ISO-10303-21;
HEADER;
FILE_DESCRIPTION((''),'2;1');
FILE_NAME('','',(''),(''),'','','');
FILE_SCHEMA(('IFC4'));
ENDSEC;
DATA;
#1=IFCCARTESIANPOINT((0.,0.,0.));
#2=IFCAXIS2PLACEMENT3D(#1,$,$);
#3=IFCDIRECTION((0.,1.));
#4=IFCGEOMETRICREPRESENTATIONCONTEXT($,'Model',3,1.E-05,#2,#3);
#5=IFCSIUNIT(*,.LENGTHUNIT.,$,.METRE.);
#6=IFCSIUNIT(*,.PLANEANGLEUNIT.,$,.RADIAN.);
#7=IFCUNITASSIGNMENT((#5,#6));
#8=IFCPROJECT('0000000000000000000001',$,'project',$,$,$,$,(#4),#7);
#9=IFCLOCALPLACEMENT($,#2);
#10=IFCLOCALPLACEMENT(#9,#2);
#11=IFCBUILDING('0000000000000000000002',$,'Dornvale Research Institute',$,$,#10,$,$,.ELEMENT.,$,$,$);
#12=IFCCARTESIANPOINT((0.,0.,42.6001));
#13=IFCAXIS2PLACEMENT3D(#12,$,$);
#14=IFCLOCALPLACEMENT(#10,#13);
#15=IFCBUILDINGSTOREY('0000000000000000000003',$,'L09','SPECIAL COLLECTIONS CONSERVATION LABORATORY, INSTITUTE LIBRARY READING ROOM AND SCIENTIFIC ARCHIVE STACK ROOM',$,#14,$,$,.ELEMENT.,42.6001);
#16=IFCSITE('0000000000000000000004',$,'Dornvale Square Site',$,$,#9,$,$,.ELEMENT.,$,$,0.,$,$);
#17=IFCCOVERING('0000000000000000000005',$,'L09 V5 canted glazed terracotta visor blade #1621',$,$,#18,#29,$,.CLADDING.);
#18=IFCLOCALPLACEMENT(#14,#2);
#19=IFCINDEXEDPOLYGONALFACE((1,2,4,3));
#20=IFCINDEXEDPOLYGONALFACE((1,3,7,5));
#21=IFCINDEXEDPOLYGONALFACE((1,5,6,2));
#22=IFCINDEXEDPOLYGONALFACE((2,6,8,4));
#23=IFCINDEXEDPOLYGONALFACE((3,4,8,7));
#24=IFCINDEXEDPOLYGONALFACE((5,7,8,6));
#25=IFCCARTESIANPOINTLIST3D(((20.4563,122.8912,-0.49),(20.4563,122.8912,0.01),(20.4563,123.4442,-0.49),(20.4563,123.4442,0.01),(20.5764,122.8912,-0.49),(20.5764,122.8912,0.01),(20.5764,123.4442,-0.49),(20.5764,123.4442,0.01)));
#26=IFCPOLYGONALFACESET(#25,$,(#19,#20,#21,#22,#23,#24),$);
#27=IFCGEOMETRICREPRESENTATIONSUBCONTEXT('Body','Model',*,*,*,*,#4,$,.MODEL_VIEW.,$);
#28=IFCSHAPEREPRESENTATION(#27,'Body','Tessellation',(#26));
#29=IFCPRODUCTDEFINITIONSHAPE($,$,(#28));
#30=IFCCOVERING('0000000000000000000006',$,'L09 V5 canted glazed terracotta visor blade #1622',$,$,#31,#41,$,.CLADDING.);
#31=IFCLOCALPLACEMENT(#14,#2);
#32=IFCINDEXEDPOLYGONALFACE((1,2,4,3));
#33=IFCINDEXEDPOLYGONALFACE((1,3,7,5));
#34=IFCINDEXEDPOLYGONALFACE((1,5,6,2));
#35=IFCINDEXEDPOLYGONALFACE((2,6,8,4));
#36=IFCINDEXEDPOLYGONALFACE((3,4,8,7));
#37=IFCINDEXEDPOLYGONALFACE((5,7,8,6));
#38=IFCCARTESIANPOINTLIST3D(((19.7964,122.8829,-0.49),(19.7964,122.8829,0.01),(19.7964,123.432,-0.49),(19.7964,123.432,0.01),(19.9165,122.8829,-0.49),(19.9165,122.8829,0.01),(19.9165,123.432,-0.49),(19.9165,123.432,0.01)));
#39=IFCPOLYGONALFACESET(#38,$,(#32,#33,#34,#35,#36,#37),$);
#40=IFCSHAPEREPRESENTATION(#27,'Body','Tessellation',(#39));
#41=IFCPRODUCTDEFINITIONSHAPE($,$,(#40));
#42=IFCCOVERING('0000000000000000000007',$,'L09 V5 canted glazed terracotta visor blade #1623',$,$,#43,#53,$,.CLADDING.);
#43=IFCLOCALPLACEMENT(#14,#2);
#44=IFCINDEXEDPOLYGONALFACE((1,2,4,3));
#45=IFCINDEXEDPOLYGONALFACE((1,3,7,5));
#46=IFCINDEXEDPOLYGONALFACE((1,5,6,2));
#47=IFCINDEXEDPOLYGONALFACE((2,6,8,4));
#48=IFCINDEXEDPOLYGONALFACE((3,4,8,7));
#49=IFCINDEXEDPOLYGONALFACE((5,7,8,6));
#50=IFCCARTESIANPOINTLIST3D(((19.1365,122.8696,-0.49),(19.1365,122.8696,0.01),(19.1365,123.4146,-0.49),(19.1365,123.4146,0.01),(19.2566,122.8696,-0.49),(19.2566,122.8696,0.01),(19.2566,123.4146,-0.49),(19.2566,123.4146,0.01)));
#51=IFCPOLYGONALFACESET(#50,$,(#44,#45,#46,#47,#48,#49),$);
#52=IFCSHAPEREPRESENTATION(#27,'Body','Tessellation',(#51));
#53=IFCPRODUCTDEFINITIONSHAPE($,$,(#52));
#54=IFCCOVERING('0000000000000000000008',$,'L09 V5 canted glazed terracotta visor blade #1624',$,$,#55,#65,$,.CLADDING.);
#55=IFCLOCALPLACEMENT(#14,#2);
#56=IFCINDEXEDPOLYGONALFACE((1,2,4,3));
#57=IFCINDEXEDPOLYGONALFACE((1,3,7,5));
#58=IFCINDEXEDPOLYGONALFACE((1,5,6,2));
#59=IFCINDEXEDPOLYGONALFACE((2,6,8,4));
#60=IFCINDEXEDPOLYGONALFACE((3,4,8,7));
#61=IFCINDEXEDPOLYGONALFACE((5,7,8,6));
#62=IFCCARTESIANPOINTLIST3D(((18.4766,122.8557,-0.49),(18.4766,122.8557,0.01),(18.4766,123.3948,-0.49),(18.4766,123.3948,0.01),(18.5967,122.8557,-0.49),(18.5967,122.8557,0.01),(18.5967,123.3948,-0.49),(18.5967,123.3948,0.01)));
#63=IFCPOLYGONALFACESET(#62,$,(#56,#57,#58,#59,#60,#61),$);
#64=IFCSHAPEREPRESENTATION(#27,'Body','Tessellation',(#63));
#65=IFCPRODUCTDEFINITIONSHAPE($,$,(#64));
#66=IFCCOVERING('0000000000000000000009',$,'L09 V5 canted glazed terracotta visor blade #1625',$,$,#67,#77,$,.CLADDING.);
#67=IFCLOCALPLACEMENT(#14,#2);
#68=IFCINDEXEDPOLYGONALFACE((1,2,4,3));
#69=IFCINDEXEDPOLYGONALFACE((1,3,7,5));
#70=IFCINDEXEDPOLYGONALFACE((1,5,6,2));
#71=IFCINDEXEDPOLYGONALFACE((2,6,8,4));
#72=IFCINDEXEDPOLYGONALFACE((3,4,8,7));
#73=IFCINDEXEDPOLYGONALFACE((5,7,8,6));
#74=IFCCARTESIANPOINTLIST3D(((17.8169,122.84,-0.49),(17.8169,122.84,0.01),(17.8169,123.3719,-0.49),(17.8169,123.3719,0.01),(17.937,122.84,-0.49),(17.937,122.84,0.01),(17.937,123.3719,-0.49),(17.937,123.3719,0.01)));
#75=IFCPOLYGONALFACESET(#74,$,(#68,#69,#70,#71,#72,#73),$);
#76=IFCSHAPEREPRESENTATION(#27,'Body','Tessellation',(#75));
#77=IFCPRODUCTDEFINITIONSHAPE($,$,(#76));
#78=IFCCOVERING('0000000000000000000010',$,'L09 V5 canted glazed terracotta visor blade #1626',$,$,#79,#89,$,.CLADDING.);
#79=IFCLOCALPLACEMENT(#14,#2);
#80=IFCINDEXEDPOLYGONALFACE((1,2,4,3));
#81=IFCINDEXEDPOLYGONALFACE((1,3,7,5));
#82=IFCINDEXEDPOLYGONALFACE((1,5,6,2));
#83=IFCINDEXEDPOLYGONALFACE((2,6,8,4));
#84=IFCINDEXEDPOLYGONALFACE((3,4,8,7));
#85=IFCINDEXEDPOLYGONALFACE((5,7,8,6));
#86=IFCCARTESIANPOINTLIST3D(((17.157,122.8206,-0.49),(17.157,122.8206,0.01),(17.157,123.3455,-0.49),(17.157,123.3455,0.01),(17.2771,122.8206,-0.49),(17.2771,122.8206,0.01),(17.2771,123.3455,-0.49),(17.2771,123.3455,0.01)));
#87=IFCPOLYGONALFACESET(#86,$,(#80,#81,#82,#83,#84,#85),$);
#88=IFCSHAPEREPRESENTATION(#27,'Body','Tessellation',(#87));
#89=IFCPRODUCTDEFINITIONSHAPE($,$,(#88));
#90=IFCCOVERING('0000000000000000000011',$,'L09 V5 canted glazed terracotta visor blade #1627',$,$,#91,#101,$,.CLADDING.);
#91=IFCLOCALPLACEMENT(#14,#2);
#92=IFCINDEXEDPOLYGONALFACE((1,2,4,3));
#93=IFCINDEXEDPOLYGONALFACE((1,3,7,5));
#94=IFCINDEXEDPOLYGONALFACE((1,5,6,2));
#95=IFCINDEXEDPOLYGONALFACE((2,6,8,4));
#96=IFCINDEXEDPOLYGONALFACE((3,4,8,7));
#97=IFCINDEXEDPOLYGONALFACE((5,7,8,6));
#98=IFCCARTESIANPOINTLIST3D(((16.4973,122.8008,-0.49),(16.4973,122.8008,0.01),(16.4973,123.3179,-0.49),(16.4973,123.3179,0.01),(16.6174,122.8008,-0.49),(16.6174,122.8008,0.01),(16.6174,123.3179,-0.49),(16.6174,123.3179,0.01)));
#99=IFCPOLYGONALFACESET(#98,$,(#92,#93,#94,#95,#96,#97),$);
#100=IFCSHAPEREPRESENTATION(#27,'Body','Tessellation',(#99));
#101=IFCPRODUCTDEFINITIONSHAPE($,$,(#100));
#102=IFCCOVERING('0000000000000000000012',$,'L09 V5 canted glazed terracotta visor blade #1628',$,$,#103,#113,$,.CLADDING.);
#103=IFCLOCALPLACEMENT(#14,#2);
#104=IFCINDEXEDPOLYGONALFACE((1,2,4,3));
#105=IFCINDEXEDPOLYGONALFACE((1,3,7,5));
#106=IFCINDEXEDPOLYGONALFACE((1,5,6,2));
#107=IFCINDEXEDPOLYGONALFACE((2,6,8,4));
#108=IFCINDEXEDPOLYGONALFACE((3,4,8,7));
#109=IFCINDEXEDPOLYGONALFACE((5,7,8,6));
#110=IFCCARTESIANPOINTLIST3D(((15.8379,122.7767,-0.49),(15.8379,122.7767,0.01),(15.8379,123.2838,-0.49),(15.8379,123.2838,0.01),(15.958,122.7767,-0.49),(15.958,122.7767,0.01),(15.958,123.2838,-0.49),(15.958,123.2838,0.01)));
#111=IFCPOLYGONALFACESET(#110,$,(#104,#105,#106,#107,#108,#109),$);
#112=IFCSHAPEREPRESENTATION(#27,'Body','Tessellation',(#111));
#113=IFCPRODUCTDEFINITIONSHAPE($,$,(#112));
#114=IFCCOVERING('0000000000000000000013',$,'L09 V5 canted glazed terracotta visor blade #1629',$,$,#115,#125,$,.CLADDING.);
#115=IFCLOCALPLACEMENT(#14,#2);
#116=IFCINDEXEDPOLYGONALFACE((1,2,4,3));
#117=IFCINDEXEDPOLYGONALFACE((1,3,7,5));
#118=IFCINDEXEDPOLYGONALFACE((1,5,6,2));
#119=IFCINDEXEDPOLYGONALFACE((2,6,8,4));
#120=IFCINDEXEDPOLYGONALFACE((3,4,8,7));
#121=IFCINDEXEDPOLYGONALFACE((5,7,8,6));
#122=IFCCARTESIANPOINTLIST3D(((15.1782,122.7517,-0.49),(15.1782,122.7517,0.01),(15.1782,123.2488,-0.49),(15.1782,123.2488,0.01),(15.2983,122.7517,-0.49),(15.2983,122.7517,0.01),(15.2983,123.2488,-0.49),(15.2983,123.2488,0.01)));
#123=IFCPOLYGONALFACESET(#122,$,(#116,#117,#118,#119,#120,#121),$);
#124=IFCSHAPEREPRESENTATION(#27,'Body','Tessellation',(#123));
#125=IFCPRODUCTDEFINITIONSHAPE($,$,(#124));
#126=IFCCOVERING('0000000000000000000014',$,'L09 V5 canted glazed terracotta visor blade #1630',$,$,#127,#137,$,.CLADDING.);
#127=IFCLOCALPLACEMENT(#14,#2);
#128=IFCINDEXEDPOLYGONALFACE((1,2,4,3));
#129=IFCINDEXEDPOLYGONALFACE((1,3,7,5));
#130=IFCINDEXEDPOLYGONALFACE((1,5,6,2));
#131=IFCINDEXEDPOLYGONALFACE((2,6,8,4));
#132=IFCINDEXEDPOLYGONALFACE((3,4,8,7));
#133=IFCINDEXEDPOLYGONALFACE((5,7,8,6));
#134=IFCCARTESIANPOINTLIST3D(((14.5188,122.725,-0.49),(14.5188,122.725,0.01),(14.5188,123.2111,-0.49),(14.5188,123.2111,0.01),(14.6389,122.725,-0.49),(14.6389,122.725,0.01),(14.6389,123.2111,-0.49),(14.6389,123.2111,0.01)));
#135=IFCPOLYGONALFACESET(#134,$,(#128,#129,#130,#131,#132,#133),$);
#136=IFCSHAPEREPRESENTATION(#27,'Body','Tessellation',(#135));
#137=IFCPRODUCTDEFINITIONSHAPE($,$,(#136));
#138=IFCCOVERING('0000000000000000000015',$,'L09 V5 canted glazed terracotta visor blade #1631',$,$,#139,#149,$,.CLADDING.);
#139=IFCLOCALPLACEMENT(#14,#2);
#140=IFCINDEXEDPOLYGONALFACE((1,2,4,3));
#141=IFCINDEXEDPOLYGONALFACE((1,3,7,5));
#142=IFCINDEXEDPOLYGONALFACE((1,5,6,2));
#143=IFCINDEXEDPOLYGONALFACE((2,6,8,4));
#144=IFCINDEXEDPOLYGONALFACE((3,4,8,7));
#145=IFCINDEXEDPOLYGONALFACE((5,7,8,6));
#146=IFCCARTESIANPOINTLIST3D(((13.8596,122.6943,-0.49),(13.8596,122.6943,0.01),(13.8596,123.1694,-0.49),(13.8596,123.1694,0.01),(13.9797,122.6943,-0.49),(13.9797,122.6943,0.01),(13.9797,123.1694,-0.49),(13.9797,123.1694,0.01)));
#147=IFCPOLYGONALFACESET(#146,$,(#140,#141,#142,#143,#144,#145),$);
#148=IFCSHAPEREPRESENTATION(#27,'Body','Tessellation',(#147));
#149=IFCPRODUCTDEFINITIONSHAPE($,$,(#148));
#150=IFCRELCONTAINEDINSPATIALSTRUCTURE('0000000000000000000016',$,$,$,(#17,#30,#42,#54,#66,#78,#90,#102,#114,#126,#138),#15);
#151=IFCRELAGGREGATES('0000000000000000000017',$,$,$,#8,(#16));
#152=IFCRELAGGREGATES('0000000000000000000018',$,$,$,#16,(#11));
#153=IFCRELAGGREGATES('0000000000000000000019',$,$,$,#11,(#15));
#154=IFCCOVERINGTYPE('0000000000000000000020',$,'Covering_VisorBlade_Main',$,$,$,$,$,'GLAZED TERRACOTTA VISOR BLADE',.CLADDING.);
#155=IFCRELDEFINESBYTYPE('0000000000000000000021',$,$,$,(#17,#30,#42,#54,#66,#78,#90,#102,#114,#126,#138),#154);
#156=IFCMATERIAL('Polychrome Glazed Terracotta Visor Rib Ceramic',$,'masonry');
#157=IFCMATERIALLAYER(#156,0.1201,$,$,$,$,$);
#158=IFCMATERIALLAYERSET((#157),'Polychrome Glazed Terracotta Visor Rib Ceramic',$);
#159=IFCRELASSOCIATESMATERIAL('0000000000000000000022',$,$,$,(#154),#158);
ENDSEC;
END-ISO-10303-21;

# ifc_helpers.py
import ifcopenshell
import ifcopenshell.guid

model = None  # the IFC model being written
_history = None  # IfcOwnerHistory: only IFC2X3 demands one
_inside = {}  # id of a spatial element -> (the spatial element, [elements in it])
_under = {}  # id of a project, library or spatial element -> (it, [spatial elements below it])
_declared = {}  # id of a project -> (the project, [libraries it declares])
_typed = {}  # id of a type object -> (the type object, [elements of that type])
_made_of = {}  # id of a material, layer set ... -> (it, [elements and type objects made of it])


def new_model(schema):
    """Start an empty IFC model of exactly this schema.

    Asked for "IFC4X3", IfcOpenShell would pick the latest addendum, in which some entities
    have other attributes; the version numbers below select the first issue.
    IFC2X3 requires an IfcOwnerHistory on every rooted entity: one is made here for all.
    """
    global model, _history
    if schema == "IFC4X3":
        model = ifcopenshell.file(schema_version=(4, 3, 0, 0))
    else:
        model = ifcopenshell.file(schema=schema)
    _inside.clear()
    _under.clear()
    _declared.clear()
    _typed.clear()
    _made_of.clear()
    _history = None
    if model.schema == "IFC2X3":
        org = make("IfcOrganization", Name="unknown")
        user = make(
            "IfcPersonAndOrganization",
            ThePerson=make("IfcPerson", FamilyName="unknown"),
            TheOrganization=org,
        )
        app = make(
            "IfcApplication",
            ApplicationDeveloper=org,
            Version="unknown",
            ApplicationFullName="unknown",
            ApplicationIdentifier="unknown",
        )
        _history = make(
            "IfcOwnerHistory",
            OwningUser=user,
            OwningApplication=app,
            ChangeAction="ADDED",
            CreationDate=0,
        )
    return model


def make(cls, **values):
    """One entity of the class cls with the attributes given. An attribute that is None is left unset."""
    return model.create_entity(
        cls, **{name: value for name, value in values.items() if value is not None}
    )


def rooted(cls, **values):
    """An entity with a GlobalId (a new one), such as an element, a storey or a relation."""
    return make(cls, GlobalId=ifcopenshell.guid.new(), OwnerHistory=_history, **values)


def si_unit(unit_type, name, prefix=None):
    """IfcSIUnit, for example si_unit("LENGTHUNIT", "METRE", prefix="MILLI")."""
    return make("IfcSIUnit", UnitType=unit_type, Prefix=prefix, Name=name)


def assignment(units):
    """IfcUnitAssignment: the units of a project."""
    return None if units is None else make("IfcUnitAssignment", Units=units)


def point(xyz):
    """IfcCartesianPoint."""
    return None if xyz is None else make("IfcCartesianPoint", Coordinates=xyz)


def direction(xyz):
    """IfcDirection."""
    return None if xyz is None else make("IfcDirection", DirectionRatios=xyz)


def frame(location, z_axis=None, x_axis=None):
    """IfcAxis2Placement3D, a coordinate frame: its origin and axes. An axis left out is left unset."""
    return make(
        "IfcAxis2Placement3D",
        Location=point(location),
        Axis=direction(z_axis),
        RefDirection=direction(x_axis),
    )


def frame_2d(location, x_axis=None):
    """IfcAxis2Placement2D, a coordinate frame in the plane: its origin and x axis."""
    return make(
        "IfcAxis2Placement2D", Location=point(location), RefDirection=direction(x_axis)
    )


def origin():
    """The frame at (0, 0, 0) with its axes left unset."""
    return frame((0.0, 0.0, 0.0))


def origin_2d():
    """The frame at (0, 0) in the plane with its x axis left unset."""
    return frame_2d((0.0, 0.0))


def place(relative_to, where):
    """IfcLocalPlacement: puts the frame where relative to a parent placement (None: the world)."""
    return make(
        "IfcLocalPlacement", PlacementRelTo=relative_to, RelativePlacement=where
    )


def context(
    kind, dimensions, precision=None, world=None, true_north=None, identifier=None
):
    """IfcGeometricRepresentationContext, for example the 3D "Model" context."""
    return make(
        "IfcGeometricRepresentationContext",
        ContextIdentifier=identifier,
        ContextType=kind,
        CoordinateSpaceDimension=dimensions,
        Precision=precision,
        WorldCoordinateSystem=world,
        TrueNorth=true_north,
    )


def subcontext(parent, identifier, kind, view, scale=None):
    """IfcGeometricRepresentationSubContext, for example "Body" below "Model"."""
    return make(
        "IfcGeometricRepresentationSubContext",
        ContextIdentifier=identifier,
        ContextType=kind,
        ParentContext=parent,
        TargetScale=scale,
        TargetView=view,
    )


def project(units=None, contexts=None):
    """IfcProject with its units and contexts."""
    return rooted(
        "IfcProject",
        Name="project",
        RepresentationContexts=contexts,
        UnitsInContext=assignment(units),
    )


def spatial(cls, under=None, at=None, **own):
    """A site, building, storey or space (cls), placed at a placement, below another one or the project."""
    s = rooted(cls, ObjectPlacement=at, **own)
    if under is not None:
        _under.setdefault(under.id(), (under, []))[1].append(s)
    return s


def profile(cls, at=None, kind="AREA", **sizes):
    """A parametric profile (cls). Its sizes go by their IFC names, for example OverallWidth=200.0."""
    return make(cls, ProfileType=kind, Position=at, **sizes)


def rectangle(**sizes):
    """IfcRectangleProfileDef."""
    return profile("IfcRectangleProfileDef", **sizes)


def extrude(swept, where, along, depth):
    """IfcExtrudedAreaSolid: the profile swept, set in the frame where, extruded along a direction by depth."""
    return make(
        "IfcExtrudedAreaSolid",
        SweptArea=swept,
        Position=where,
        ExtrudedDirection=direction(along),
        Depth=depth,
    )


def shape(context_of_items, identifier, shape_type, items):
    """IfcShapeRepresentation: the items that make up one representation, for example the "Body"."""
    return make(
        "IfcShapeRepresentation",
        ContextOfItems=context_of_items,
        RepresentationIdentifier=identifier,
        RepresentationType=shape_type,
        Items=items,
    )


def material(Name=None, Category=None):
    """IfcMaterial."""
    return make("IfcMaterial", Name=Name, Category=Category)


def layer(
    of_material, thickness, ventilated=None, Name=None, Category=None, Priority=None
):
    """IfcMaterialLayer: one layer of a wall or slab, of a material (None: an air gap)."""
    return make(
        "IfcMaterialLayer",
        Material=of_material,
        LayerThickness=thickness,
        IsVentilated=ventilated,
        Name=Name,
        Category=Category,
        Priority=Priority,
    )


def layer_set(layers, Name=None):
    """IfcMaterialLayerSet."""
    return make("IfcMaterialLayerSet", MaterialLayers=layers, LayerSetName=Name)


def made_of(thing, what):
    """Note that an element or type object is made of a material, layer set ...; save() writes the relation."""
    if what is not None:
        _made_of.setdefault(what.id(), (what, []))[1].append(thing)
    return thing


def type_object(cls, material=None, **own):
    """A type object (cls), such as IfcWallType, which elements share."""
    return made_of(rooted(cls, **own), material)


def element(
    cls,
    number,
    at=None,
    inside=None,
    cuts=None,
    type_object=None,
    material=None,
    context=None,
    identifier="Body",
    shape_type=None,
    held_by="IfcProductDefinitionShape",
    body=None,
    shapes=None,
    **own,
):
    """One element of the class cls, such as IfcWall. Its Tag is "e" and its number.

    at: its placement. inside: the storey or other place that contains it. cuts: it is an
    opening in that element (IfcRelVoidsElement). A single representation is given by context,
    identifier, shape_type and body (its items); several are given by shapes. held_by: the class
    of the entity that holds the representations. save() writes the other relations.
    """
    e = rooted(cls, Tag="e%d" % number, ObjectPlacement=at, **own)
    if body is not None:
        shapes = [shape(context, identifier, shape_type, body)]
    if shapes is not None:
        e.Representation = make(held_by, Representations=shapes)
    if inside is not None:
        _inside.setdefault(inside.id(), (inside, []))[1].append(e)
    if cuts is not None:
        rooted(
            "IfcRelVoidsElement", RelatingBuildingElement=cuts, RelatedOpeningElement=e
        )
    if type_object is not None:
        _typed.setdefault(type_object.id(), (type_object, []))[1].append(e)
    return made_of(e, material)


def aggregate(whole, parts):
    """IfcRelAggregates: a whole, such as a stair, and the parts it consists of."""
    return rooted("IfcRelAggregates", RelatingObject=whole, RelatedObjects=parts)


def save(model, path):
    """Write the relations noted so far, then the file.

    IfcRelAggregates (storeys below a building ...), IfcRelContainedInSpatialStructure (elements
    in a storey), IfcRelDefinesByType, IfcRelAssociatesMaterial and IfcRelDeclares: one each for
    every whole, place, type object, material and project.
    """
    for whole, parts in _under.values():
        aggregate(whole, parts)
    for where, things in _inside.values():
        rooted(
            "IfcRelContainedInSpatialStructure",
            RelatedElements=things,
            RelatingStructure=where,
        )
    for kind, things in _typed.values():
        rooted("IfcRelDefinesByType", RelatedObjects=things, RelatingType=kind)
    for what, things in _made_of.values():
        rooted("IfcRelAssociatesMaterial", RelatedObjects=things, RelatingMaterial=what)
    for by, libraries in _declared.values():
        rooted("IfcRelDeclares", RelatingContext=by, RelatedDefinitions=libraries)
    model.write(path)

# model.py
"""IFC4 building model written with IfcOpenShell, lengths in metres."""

from ifc_helpers import new_model, si_unit, direction, frame, origin, origin_2d, place, context, subcontext, project, spatial, rectangle, extrude, material, layer, layer_set, type_object, element, save


model = new_model("IFC4")

# Units and contexts
model_context = context("Model", 3, precision=1e-05, world=origin(), true_north=direction((0.0, 1.0)))
body_context = subcontext(model_context, "Body", "Model", "MODEL_VIEW")
ifc_project = project(units=[si_unit("LENGTHUNIT", "METRE"), si_unit("PLANEANGLEUNIT", "RADIAN")], contexts=[model_context])

# Site, building, storey
site_placement = place(None, origin())
site = spatial("IfcSite", under=ifc_project, at=site_placement, Name="Dornvale Square Site", CompositionType="ELEMENT", RefElevation=0.0)
building_placement = place(site_placement, origin())
building = spatial("IfcBuilding", under=site, at=building_placement, Name="Dornvale Research Institute", CompositionType="ELEMENT")
storey_placement = place(building_placement, frame((0.0, 0.0, 42.6001)))
storey = spatial("IfcBuildingStorey", under=building, at=storey_placement, Name="L09", Description="SPECIAL COLLECTIONS CONSERVATION LABORATORY, INSTITUTE LIBRARY READING ROOM AND SCIENTIFIC ARCHIVE STACK ROOM", CompositionType="ELEMENT", Elevation=42.6001)

# Coverings
ifc_material_1 = material(Name="Polychrome Glazed Terracotta Visor Rib Ceramic", Category="masonry")
ifc_layer_1 = layer(ifc_material_1, 0.1201)
ifc_layer_set_1 = layer_set([ifc_layer_1], Name="Polychrome Glazed Terracotta Visor Rib Ceramic")
covering_type = type_object("IfcCoveringType", Name="Covering_VisorBlade_Main", ElementType="GLAZED TERRACOTTA VISOR BLADE", PredefinedType="CLADDING", material=ifc_layer_set_1)
covering_1_placement = place(storey_placement, frame((20.5164, 123.1677, -0.49), z_axis=(0.0, 0.0, 1.0), x_axis=(0.0, 1.0, 0.0)))
element("IfcCovering", 1, at=covering_1_placement, inside=storey, type_object=covering_type, Name="L09 V5 canted glazed terracotta visor blade #1621", PredefinedType="CLADDING", context=body_context, shape_type="SweptSolid", body=[
    extrude(rectangle(XDim=0.553, YDim=0.1201, at=origin_2d()), origin(), (0.0, 0.0, 1.0), 0.5),
])
covering_2_placement = place(storey_placement, frame((19.8564, 123.1575, -0.49), z_axis=(0.0, 0.0, 1.0), x_axis=(0.0, 1.0, 0.0)))
element("IfcCovering", 2, at=covering_2_placement, inside=storey, type_object=covering_type, Name="L09 V5 canted glazed terracotta visor blade #1622", PredefinedType="CLADDING", context=body_context, shape_type="SweptSolid", body=[
    extrude(rectangle(XDim=0.5491, YDim=0.1201, at=origin_2d()), origin(), (0.0, 0.0, 1.0), 0.5),
])
covering_3_placement = place(storey_placement, frame((19.1965, 123.1421, -0.49), z_axis=(0.0, 0.0, 1.0), x_axis=(0.0, 1.0, 0.0)))
element("IfcCovering", 3, at=covering_3_placement, inside=storey, type_object=covering_type, Name="L09 V5 canted glazed terracotta visor blade #1623", PredefinedType="CLADDING", context=body_context, shape_type="SweptSolid", body=[
    extrude(rectangle(XDim=0.5449, YDim=0.1201, at=origin_2d()), origin(), (0.0, 0.0, 1.0), 0.5),
])
covering_4_placement = place(storey_placement, frame((18.5366, 123.1252, -0.49), z_axis=(0.0, 0.0, 1.0), x_axis=(0.0, 1.0, 0.0)))
element("IfcCovering", 4, at=covering_4_placement, inside=storey, type_object=covering_type, Name="L09 V5 canted glazed terracotta visor blade #1624", PredefinedType="CLADDING", context=body_context, shape_type="SweptSolid", body=[
    extrude(rectangle(XDim=0.5391, YDim=0.1201, at=origin_2d()), origin(), (0.0, 0.0, 1.0), 0.5),
])
covering_5_placement = place(storey_placement, frame((17.877, 123.106, -0.49), z_axis=(0.0, 0.0, 1.0), x_axis=(0.0, 1.0, 0.0)))
element("IfcCovering", 5, at=covering_5_placement, inside=storey, type_object=covering_type, Name="L09 V5 canted glazed terracotta visor blade #1625", PredefinedType="CLADDING", context=body_context, shape_type="SweptSolid", body=[
    extrude(rectangle(XDim=0.532, YDim=0.1201, at=origin_2d()), origin(), (0.0, 0.0, 1.0), 0.5),
])
covering_6_placement = place(storey_placement, frame((17.217, 123.083, -0.49), z_axis=(0.0, 0.0, 1.0), x_axis=(0.0, 1.0, 0.0)))
element("IfcCovering", 6, at=covering_6_placement, inside=storey, type_object=covering_type, Name="L09 V5 canted glazed terracotta visor blade #1626", PredefinedType="CLADDING", context=body_context, shape_type="SweptSolid", body=[
    extrude(rectangle(XDim=0.5249, YDim=0.1201, at=origin_2d()), origin(), (0.0, 0.0, 1.0), 0.5),
])
covering_7_placement = place(storey_placement, frame((16.5574, 123.0593, -0.49), z_axis=(0.0, 0.0, 1.0), x_axis=(0.0, 1.0, 0.0)))
element("IfcCovering", 7, at=covering_7_placement, inside=storey, type_object=covering_type, Name="L09 V5 canted glazed terracotta visor blade #1627", PredefinedType="CLADDING", context=body_context, shape_type="SweptSolid", body=[
    extrude(rectangle(XDim=0.5171, YDim=0.1201, at=origin_2d()), origin(), (0.0, 0.0, 1.0), 0.5),
])
covering_8_placement = place(storey_placement, frame((15.8979, 123.0303, -0.49), z_axis=(0.0, 0.0, 1.0), x_axis=(0.0, 1.0, 0.0)))
element("IfcCovering", 8, at=covering_8_placement, inside=storey, type_object=covering_type, Name="L09 V5 canted glazed terracotta visor blade #1628", PredefinedType="CLADDING", context=body_context, shape_type="SweptSolid", body=[
    extrude(rectangle(XDim=0.5071, YDim=0.1201, at=origin_2d()), origin(), (0.0, 0.0, 1.0), 0.5),
])
covering_9_placement = place(storey_placement, frame((15.2383, 123.0002, -0.49), z_axis=(0.0, 0.0, 1.0), x_axis=(0.0, 1.0, 0.0)))
element("IfcCovering", 9, at=covering_9_placement, inside=storey, type_object=covering_type, Name="L09 V5 canted glazed terracotta visor blade #1629", PredefinedType="CLADDING", context=body_context, shape_type="SweptSolid", body=[
    extrude(rectangle(XDim=0.4971, YDim=0.1201, at=origin_2d()), origin(), (0.0, 0.0, 1.0), 0.5),
])
covering_10_placement = place(storey_placement, frame((14.5789, 122.968, -0.49), z_axis=(0.0, 0.0, 1.0), x_axis=(0.0, 1.0, 0.0)))
element("IfcCovering", 10, at=covering_10_placement, inside=storey, type_object=covering_type, Name="L09 V5 canted glazed terracotta visor blade #1630", PredefinedType="CLADDING", context=body_context, shape_type="SweptSolid", body=[
    extrude(rectangle(XDim=0.4861, YDim=0.1201, at=origin_2d()), origin(), (0.0, 0.0, 1.0), 0.5),
])
covering_11_placement = place(storey_placement, frame((13.9197, 122.9319, -0.49), z_axis=(0.0, 0.0, 1.0), x_axis=(0.0, 1.0, 0.0)))
element("IfcCovering", 11, at=covering_11_placement, inside=storey, type_object=covering_type, Name="L09 V5 canted glazed terracotta visor blade #1631", PredefinedType="CLADDING", context=body_context, shape_type="SweptSolid", body=[
    extrude(rectangle(XDim=0.4751, YDim=0.1201, at=origin_2d()), origin(), (0.0, 0.0, 1.0), 0.5),
])

save(model, "model.ifc")
